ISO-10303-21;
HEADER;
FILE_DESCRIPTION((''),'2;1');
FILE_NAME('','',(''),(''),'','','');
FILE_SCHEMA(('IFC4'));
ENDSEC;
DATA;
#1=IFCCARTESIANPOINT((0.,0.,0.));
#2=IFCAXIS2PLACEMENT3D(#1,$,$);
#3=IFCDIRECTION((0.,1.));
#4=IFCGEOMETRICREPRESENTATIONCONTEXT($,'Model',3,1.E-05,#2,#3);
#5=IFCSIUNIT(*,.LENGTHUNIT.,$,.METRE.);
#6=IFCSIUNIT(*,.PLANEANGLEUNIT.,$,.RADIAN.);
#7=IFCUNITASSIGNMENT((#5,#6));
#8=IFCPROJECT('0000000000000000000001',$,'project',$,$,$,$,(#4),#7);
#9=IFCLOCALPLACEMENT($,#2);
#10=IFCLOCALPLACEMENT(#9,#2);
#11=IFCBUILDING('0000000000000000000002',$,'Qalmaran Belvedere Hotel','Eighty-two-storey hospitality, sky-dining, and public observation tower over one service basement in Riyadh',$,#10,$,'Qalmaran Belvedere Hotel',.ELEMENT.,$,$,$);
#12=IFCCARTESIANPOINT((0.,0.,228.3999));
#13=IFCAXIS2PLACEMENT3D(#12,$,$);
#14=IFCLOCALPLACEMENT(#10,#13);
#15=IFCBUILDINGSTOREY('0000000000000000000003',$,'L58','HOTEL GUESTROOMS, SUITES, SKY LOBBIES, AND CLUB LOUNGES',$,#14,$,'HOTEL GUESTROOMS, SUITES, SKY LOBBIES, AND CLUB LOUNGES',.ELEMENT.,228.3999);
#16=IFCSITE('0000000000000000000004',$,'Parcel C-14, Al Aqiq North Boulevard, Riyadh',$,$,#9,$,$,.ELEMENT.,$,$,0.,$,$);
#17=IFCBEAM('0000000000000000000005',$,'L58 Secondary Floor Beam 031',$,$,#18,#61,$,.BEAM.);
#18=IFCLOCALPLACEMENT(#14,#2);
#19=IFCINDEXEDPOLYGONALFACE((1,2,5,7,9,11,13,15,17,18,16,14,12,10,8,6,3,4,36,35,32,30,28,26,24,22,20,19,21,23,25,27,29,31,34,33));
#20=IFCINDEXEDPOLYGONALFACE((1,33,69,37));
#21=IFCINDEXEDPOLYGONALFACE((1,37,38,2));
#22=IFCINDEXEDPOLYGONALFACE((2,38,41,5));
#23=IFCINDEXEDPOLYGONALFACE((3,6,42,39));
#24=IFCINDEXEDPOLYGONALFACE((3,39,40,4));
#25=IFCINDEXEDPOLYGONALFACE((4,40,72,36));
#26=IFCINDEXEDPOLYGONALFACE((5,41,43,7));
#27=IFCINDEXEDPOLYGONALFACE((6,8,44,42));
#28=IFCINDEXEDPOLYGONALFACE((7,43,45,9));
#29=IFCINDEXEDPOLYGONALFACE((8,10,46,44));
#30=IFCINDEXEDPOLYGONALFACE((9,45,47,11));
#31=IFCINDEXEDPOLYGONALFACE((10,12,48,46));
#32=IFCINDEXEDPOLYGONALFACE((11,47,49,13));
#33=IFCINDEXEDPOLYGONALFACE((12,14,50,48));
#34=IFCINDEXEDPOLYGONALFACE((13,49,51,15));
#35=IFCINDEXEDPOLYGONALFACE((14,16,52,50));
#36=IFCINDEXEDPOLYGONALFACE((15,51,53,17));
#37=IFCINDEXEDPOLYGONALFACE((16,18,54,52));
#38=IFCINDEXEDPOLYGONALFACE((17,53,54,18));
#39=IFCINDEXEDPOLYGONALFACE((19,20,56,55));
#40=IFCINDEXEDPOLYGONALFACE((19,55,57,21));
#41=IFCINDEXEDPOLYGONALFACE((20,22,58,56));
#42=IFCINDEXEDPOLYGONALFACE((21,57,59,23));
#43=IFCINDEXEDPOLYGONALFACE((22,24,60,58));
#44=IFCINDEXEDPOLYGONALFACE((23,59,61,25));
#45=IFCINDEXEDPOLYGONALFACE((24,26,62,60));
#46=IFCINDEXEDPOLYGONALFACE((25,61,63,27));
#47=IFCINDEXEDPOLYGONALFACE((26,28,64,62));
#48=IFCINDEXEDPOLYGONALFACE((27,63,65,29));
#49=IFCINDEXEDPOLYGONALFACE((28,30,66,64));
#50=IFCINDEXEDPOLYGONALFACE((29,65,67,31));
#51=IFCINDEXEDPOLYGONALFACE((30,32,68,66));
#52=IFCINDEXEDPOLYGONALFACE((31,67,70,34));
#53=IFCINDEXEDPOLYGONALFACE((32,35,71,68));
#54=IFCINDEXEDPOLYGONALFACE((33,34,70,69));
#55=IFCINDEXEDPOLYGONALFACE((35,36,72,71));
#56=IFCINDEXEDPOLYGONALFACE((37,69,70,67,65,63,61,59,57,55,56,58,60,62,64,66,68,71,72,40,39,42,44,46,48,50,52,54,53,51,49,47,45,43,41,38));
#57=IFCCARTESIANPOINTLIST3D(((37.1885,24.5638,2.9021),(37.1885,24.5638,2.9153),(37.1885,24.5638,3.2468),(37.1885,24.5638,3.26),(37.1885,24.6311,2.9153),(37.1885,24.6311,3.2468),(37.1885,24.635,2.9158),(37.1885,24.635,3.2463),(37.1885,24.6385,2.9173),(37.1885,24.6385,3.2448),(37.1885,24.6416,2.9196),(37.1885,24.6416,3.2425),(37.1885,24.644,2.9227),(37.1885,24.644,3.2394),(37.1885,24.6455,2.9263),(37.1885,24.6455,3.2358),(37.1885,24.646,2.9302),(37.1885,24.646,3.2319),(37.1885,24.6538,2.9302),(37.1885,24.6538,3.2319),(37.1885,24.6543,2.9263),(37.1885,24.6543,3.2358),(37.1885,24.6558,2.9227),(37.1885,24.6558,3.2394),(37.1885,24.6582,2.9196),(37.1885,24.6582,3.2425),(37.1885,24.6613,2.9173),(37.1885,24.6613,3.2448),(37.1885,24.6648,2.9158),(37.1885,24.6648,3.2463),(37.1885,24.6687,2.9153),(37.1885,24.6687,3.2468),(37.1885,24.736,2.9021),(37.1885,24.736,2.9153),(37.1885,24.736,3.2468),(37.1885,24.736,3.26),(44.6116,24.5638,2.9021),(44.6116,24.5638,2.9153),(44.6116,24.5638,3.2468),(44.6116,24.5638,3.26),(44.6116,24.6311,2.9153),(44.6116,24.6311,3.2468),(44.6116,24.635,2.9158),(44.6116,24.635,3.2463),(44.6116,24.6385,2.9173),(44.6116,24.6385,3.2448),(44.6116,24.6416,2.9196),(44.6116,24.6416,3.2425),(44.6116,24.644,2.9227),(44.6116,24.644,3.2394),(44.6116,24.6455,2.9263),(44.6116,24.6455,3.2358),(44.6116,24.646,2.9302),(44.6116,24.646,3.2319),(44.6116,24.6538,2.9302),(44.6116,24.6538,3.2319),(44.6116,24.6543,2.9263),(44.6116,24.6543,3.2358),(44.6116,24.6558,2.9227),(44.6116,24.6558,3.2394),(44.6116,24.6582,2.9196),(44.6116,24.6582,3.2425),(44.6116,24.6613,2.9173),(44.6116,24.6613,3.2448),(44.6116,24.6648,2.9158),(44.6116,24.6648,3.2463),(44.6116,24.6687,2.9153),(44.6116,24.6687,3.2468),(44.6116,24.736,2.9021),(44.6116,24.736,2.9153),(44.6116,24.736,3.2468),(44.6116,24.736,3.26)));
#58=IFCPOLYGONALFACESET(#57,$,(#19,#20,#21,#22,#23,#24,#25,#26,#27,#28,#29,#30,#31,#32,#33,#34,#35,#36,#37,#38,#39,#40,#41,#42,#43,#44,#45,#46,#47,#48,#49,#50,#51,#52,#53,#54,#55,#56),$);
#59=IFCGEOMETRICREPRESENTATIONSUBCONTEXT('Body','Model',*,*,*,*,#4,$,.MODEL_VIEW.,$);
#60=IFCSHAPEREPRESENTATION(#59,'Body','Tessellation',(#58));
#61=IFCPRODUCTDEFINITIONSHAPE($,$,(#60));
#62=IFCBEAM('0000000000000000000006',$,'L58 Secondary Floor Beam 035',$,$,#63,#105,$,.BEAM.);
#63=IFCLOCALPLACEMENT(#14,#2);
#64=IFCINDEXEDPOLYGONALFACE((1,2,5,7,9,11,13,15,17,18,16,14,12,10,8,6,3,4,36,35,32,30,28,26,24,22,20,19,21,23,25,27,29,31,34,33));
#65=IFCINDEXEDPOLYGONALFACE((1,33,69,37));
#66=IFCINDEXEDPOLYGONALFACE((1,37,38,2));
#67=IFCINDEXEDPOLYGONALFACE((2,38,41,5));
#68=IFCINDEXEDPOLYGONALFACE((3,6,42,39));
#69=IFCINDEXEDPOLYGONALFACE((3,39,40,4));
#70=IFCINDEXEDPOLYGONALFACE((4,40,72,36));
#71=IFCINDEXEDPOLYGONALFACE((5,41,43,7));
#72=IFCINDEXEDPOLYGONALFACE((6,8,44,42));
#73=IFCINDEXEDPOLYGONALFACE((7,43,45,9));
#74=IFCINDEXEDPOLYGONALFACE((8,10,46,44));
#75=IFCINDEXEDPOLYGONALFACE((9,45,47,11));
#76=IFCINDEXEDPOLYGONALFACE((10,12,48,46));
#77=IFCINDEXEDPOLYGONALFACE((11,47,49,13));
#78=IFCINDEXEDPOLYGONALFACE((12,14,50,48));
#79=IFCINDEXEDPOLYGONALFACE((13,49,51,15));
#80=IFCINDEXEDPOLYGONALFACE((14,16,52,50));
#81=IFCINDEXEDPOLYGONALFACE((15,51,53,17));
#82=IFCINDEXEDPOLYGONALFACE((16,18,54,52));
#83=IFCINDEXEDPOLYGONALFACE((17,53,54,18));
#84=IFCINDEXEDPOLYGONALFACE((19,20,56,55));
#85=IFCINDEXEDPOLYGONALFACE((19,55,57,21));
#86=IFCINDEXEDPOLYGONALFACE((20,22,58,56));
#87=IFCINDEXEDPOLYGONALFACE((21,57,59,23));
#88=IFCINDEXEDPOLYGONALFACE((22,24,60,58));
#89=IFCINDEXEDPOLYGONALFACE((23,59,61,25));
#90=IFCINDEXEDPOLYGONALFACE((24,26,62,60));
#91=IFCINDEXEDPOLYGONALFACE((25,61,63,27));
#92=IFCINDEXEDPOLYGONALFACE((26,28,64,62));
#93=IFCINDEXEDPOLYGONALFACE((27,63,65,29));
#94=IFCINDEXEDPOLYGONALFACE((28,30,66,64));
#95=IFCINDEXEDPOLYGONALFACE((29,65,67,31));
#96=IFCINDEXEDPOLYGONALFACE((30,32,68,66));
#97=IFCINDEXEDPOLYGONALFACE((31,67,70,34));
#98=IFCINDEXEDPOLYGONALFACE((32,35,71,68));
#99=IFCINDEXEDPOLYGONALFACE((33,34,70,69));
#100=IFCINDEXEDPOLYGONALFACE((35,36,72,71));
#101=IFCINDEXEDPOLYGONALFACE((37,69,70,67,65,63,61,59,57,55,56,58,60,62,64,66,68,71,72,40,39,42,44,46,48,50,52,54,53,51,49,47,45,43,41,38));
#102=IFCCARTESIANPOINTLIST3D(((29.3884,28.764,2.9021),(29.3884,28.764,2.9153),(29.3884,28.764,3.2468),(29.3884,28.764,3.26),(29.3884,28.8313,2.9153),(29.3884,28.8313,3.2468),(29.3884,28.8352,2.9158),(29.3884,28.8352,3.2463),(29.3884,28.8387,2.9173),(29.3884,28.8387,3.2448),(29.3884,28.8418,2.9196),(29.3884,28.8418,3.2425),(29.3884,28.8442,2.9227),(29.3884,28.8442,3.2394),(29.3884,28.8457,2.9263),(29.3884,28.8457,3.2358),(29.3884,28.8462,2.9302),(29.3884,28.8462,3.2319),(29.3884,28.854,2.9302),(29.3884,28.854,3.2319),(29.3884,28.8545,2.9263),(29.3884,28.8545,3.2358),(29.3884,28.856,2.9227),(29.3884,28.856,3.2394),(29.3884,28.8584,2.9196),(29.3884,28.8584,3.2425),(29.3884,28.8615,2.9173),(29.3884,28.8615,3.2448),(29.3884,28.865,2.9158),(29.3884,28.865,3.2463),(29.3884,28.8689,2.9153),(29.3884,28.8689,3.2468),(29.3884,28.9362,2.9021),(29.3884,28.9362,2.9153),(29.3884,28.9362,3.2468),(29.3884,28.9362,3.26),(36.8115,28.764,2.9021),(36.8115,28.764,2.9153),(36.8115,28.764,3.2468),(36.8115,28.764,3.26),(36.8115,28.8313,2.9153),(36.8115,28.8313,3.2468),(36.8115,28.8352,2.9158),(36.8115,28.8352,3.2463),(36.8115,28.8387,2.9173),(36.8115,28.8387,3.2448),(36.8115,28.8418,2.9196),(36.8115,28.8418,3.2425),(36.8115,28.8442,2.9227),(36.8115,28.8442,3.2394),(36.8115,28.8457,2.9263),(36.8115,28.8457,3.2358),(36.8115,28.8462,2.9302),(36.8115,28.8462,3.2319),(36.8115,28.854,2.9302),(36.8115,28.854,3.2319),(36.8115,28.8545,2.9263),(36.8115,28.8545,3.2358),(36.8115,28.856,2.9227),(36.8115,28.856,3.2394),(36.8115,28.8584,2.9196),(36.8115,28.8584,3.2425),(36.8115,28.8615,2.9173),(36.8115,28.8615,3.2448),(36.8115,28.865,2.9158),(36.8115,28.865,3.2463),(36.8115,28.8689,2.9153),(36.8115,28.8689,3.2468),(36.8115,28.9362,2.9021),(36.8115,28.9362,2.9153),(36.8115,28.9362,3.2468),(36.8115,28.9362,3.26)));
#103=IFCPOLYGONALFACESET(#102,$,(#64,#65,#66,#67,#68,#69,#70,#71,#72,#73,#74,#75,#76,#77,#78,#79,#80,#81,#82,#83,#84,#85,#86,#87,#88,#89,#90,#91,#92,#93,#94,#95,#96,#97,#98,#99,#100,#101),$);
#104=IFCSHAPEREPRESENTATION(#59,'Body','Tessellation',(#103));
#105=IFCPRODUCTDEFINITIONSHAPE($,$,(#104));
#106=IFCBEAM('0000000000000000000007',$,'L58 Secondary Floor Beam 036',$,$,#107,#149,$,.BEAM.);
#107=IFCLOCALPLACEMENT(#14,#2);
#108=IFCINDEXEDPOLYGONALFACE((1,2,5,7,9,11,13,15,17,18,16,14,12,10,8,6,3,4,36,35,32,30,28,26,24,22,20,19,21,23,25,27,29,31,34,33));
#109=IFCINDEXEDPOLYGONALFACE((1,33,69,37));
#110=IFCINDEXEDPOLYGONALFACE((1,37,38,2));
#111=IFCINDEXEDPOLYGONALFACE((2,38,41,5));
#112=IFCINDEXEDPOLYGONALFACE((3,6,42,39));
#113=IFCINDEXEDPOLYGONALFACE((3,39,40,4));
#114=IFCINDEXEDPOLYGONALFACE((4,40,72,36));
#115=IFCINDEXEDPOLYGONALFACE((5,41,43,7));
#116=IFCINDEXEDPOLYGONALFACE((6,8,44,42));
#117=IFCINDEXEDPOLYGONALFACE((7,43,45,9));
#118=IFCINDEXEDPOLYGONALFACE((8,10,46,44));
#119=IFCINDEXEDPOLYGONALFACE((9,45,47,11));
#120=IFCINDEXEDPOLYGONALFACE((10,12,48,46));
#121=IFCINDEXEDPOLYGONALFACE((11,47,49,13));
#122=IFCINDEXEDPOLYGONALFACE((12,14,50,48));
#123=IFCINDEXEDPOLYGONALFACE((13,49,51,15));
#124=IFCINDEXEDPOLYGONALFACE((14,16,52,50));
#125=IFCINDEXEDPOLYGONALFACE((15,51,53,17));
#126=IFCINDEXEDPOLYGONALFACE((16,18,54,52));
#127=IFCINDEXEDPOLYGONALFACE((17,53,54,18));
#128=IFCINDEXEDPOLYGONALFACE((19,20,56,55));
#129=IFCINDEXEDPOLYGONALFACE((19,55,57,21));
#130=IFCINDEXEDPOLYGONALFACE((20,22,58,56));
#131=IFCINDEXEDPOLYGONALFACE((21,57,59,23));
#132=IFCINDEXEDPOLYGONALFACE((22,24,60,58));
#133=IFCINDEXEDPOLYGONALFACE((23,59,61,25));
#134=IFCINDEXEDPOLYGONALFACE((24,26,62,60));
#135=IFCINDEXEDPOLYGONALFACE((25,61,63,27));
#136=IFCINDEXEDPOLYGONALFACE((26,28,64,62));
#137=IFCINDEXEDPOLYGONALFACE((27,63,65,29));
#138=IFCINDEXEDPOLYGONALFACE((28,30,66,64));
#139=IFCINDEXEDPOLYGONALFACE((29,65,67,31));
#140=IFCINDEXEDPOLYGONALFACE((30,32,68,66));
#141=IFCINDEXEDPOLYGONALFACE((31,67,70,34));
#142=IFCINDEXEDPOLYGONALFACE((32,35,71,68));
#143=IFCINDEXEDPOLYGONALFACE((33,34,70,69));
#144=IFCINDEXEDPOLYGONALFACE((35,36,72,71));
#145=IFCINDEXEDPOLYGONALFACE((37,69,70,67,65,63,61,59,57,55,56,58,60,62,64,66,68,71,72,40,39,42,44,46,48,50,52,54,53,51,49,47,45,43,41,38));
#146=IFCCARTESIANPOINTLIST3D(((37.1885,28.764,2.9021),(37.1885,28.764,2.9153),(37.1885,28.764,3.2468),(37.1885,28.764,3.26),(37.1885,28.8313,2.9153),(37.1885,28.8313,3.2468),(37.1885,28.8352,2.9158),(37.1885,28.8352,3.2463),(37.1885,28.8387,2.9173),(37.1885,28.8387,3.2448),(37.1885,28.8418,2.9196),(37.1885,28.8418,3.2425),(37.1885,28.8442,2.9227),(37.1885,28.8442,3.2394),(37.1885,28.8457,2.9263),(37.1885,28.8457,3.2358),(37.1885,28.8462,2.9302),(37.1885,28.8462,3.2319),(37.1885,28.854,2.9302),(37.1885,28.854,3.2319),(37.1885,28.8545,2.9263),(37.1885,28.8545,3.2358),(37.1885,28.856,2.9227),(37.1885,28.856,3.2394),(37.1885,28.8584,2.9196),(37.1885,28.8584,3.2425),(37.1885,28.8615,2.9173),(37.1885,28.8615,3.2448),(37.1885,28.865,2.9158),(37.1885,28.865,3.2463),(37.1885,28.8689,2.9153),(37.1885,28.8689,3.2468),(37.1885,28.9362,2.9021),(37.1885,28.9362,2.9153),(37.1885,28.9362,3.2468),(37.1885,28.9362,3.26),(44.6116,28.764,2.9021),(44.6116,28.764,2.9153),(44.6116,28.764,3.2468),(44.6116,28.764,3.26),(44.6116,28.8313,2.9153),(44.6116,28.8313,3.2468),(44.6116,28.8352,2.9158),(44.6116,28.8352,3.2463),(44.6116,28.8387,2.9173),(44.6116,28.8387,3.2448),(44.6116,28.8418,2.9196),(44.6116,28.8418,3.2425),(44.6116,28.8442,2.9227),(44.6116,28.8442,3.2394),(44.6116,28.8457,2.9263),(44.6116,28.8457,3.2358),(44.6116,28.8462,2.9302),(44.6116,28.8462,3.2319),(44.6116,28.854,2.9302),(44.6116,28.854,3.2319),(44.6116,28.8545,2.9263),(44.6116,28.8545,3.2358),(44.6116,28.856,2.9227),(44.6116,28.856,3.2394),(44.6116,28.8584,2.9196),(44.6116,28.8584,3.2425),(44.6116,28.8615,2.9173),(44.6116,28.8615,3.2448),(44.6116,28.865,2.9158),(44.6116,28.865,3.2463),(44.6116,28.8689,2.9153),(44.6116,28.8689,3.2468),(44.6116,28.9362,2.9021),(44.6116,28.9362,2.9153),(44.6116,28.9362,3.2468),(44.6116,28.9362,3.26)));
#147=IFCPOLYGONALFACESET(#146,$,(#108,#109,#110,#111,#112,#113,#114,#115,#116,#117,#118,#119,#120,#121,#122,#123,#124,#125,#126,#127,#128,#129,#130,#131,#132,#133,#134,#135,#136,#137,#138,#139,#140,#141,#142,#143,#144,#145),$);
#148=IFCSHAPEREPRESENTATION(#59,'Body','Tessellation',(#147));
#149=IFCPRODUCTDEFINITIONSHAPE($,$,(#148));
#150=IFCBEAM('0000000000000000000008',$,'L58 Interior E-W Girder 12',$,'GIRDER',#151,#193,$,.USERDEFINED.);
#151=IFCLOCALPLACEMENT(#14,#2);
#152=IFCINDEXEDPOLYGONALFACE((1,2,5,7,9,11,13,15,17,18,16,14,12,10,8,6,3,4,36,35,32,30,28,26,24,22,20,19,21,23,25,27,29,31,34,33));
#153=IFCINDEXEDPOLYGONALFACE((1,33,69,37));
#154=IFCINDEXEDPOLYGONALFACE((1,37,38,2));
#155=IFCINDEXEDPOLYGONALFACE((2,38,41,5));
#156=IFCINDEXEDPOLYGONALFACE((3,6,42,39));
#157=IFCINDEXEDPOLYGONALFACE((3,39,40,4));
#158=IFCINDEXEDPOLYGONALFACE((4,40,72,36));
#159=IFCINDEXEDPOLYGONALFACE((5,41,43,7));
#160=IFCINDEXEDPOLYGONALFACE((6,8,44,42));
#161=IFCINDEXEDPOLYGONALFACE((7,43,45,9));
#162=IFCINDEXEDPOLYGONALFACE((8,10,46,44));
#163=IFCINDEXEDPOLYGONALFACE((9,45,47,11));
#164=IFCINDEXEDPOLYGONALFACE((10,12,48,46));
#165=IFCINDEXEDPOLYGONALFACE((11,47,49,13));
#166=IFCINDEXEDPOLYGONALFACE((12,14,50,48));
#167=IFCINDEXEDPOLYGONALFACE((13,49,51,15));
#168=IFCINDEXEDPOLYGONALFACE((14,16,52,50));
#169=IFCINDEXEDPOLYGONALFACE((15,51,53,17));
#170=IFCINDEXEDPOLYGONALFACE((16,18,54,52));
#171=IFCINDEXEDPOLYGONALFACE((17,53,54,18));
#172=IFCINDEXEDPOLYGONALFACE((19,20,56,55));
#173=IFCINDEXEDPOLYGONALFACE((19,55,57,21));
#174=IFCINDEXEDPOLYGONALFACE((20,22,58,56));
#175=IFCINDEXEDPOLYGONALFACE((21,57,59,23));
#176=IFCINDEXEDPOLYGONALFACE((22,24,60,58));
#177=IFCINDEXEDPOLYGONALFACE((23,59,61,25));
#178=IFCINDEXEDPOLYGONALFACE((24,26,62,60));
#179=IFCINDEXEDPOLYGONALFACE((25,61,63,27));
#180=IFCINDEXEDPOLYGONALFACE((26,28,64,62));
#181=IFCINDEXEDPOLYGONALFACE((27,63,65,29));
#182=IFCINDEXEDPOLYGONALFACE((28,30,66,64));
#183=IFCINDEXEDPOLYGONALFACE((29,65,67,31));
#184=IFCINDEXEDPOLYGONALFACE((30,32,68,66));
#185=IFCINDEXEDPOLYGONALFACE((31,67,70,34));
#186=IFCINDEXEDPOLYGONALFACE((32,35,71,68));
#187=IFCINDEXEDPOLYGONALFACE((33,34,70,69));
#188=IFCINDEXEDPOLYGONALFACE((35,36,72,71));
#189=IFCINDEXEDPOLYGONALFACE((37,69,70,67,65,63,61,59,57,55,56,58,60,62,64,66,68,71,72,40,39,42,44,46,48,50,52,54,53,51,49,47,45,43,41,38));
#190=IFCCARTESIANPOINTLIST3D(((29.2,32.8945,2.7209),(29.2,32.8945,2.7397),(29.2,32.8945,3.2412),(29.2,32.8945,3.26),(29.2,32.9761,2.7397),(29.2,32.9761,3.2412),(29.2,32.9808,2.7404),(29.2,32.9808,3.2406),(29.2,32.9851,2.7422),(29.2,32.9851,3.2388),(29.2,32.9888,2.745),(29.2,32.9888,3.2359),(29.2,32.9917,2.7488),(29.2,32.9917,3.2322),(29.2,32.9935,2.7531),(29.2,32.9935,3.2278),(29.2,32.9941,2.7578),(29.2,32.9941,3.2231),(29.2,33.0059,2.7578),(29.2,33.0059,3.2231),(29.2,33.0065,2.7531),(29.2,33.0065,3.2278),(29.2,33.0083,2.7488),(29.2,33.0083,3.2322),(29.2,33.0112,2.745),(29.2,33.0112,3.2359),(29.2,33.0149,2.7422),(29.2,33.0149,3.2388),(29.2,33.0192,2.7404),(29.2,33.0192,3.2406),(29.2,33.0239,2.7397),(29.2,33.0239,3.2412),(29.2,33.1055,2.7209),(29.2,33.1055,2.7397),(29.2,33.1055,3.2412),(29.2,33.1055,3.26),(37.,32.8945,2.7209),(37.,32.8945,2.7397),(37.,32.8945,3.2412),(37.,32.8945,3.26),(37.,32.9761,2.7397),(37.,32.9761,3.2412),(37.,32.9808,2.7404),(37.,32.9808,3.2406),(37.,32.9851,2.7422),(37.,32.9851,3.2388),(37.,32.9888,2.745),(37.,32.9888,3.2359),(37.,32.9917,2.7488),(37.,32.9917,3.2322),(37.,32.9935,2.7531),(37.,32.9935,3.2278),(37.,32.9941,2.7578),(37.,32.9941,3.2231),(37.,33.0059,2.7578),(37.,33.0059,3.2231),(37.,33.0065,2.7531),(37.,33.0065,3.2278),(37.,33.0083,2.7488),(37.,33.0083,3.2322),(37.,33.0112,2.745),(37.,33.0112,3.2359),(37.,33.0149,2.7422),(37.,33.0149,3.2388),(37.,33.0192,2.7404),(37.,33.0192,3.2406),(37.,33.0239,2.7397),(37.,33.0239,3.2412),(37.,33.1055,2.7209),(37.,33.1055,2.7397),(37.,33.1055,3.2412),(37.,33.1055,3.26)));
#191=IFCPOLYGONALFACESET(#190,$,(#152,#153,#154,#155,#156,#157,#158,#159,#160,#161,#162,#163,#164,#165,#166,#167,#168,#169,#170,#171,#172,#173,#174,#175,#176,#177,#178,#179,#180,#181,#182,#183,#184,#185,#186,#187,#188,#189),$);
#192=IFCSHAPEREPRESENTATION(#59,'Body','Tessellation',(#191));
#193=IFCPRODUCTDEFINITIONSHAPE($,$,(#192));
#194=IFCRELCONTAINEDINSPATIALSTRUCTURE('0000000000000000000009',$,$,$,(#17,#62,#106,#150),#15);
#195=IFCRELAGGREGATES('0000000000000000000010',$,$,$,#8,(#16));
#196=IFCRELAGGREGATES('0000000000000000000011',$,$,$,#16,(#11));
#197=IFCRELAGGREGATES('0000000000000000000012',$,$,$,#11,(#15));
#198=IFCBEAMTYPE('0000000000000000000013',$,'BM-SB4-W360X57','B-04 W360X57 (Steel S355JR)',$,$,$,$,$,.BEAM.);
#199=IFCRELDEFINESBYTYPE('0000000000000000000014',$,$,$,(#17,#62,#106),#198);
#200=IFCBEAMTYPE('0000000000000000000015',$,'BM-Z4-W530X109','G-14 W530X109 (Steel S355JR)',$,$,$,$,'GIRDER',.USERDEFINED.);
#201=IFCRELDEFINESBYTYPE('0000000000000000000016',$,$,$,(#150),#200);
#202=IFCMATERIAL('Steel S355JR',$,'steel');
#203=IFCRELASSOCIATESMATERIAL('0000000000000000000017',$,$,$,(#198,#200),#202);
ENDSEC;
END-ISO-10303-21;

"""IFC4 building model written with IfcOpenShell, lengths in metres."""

from ifc_helpers import new_model, si_unit, direction, frame, origin, origin_2d, place, context, subcontext, project, spatial, i_section, extrude, material, material_profile, profile_set, type_object, element, save


model = new_model("IFC4")

# Units and contexts
model_context = context("Model", 3, precision=1e-05, world=origin(), true_north=direction((0.0, 1.0)))
body_context = subcontext(model_context, "Body", "Model", "MODEL_VIEW")
ifc_project = project(units=[si_unit("LENGTHUNIT", "METRE"), si_unit("PLANEANGLEUNIT", "RADIAN")], contexts=[model_context])

# Site, building, storey
site_placement = place(None, origin())
site = spatial("IfcSite", under=ifc_project, at=site_placement, Name="Parcel C-14, Al Aqiq North Boulevard, Riyadh", CompositionType="ELEMENT", RefElevation=0.0)
building_placement = place(site_placement, origin())
building = spatial("IfcBuilding", under=site, at=building_placement, Name="Qalmaran Belvedere Hotel", Description="Eighty-two-storey hospitality, sky-dining, and public observation tower over one service basement in Riyadh", LongName="Qalmaran Belvedere Hotel", CompositionType="ELEMENT")
storey_placement = place(building_placement, frame((0.0, 0.0, 228.3999)))
storey = spatial("IfcBuildingStorey", under=building, at=storey_placement, Name="L58", Description="HOTEL GUESTROOMS, SUITES, SKY LOBBIES, AND CLUB LOUNGES", LongName="HOTEL GUESTROOMS, SUITES, SKY LOBBIES, AND CLUB LOUNGES", CompositionType="ELEMENT", Elevation=228.3999)

# Beams
ifc_material_1 = material(Name="Steel S355JR", Category="steel")
ifc_material_profile_1 = material_profile(ifc_material_1, i_section(OverallWidth=0.1721, OverallDepth=0.3579, WebThickness=0.0078, FlangeThickness=0.0132, FilletRadius=0.0149, at=origin_2d()), Name="W360X57")
ifc_profile_set_1 = profile_set([ifc_material_profile_1], Name="Steel S355JR")
beam_type_1 = type_object("IfcBeamType", Name="BM-SB4-W360X57", Description="B-04 W360X57 (Steel S355JR)", PredefinedType="BEAM", material=ifc_profile_set_1)
for number, where, z_axis, x_axis, name in (
    (1, (37.1885, 24.6499, 3.0811), (1.0, 0.0, 0.0), (0.0, 1.0, 0.0), "L58 Secondary Floor Beam 031"),
    (2, (29.3884, 28.8501, 3.0811), (1.0, 0.0, 0.0), (0.0, 1.0, 0.0), "L58 Secondary Floor Beam 035"),
    (3, (37.1885, 28.8501, 3.0811), (1.0, 0.0, 0.0), (0.0, 1.0, 0.0), "L58 Secondary Floor Beam 036"),
):
    element("IfcBeam", number, at=place(storey_placement, frame(where, z_axis=z_axis, x_axis=x_axis)), inside=storey, type_object=beam_type_1, Name=name, PredefinedType="BEAM", context=body_context, shape_type="SweptSolid", body=[
        extrude(i_section(OverallWidth=0.1721, OverallDepth=0.3579, WebThickness=0.0078, FlangeThickness=0.0132, FilletRadius=0.0149, at=origin_2d()), origin(), (0.0, 0.0, 1.0), 7.4231),
    ])
ifc_material_profile_2 = material_profile(ifc_material_1, i_section(OverallWidth=0.2109, OverallDepth=0.5391, WebThickness=0.0117, FlangeThickness=0.0188, FilletRadius=0.0181, at=origin_2d()), Name="W530X109")
ifc_profile_set_2 = profile_set([ifc_material_profile_2], Name="Steel S355JR")
beam_type_2 = type_object("IfcBeamType", Name="BM-Z4-W530X109", Description="G-14 W530X109 (Steel S355JR)", ElementType="GIRDER", PredefinedType="USERDEFINED", material=ifc_profile_set_2)
for number, where, z_axis, x_axis, name in (
    (4, (29.2, 33.0, 2.9905), (1.0, 0.0, 0.0), (0.0, 1.0, 0.0), "L58 Interior E-W Girder 12"),
):
    element("IfcBeam", number, at=place(storey_placement, frame(where, z_axis=z_axis, x_axis=x_axis)), inside=storey, type_object=beam_type_2, Name=name, ObjectType="GIRDER", PredefinedType="USERDEFINED", context=body_context, shape_type="SweptSolid", body=[
        extrude(i_section(OverallWidth=0.2109, OverallDepth=0.5391, WebThickness=0.0117, FlangeThickness=0.0188, FilletRadius=0.0181, at=origin_2d()), origin(), (0.0, 0.0, 1.0), 7.8),
    ])

save(model, "model.ifc")
